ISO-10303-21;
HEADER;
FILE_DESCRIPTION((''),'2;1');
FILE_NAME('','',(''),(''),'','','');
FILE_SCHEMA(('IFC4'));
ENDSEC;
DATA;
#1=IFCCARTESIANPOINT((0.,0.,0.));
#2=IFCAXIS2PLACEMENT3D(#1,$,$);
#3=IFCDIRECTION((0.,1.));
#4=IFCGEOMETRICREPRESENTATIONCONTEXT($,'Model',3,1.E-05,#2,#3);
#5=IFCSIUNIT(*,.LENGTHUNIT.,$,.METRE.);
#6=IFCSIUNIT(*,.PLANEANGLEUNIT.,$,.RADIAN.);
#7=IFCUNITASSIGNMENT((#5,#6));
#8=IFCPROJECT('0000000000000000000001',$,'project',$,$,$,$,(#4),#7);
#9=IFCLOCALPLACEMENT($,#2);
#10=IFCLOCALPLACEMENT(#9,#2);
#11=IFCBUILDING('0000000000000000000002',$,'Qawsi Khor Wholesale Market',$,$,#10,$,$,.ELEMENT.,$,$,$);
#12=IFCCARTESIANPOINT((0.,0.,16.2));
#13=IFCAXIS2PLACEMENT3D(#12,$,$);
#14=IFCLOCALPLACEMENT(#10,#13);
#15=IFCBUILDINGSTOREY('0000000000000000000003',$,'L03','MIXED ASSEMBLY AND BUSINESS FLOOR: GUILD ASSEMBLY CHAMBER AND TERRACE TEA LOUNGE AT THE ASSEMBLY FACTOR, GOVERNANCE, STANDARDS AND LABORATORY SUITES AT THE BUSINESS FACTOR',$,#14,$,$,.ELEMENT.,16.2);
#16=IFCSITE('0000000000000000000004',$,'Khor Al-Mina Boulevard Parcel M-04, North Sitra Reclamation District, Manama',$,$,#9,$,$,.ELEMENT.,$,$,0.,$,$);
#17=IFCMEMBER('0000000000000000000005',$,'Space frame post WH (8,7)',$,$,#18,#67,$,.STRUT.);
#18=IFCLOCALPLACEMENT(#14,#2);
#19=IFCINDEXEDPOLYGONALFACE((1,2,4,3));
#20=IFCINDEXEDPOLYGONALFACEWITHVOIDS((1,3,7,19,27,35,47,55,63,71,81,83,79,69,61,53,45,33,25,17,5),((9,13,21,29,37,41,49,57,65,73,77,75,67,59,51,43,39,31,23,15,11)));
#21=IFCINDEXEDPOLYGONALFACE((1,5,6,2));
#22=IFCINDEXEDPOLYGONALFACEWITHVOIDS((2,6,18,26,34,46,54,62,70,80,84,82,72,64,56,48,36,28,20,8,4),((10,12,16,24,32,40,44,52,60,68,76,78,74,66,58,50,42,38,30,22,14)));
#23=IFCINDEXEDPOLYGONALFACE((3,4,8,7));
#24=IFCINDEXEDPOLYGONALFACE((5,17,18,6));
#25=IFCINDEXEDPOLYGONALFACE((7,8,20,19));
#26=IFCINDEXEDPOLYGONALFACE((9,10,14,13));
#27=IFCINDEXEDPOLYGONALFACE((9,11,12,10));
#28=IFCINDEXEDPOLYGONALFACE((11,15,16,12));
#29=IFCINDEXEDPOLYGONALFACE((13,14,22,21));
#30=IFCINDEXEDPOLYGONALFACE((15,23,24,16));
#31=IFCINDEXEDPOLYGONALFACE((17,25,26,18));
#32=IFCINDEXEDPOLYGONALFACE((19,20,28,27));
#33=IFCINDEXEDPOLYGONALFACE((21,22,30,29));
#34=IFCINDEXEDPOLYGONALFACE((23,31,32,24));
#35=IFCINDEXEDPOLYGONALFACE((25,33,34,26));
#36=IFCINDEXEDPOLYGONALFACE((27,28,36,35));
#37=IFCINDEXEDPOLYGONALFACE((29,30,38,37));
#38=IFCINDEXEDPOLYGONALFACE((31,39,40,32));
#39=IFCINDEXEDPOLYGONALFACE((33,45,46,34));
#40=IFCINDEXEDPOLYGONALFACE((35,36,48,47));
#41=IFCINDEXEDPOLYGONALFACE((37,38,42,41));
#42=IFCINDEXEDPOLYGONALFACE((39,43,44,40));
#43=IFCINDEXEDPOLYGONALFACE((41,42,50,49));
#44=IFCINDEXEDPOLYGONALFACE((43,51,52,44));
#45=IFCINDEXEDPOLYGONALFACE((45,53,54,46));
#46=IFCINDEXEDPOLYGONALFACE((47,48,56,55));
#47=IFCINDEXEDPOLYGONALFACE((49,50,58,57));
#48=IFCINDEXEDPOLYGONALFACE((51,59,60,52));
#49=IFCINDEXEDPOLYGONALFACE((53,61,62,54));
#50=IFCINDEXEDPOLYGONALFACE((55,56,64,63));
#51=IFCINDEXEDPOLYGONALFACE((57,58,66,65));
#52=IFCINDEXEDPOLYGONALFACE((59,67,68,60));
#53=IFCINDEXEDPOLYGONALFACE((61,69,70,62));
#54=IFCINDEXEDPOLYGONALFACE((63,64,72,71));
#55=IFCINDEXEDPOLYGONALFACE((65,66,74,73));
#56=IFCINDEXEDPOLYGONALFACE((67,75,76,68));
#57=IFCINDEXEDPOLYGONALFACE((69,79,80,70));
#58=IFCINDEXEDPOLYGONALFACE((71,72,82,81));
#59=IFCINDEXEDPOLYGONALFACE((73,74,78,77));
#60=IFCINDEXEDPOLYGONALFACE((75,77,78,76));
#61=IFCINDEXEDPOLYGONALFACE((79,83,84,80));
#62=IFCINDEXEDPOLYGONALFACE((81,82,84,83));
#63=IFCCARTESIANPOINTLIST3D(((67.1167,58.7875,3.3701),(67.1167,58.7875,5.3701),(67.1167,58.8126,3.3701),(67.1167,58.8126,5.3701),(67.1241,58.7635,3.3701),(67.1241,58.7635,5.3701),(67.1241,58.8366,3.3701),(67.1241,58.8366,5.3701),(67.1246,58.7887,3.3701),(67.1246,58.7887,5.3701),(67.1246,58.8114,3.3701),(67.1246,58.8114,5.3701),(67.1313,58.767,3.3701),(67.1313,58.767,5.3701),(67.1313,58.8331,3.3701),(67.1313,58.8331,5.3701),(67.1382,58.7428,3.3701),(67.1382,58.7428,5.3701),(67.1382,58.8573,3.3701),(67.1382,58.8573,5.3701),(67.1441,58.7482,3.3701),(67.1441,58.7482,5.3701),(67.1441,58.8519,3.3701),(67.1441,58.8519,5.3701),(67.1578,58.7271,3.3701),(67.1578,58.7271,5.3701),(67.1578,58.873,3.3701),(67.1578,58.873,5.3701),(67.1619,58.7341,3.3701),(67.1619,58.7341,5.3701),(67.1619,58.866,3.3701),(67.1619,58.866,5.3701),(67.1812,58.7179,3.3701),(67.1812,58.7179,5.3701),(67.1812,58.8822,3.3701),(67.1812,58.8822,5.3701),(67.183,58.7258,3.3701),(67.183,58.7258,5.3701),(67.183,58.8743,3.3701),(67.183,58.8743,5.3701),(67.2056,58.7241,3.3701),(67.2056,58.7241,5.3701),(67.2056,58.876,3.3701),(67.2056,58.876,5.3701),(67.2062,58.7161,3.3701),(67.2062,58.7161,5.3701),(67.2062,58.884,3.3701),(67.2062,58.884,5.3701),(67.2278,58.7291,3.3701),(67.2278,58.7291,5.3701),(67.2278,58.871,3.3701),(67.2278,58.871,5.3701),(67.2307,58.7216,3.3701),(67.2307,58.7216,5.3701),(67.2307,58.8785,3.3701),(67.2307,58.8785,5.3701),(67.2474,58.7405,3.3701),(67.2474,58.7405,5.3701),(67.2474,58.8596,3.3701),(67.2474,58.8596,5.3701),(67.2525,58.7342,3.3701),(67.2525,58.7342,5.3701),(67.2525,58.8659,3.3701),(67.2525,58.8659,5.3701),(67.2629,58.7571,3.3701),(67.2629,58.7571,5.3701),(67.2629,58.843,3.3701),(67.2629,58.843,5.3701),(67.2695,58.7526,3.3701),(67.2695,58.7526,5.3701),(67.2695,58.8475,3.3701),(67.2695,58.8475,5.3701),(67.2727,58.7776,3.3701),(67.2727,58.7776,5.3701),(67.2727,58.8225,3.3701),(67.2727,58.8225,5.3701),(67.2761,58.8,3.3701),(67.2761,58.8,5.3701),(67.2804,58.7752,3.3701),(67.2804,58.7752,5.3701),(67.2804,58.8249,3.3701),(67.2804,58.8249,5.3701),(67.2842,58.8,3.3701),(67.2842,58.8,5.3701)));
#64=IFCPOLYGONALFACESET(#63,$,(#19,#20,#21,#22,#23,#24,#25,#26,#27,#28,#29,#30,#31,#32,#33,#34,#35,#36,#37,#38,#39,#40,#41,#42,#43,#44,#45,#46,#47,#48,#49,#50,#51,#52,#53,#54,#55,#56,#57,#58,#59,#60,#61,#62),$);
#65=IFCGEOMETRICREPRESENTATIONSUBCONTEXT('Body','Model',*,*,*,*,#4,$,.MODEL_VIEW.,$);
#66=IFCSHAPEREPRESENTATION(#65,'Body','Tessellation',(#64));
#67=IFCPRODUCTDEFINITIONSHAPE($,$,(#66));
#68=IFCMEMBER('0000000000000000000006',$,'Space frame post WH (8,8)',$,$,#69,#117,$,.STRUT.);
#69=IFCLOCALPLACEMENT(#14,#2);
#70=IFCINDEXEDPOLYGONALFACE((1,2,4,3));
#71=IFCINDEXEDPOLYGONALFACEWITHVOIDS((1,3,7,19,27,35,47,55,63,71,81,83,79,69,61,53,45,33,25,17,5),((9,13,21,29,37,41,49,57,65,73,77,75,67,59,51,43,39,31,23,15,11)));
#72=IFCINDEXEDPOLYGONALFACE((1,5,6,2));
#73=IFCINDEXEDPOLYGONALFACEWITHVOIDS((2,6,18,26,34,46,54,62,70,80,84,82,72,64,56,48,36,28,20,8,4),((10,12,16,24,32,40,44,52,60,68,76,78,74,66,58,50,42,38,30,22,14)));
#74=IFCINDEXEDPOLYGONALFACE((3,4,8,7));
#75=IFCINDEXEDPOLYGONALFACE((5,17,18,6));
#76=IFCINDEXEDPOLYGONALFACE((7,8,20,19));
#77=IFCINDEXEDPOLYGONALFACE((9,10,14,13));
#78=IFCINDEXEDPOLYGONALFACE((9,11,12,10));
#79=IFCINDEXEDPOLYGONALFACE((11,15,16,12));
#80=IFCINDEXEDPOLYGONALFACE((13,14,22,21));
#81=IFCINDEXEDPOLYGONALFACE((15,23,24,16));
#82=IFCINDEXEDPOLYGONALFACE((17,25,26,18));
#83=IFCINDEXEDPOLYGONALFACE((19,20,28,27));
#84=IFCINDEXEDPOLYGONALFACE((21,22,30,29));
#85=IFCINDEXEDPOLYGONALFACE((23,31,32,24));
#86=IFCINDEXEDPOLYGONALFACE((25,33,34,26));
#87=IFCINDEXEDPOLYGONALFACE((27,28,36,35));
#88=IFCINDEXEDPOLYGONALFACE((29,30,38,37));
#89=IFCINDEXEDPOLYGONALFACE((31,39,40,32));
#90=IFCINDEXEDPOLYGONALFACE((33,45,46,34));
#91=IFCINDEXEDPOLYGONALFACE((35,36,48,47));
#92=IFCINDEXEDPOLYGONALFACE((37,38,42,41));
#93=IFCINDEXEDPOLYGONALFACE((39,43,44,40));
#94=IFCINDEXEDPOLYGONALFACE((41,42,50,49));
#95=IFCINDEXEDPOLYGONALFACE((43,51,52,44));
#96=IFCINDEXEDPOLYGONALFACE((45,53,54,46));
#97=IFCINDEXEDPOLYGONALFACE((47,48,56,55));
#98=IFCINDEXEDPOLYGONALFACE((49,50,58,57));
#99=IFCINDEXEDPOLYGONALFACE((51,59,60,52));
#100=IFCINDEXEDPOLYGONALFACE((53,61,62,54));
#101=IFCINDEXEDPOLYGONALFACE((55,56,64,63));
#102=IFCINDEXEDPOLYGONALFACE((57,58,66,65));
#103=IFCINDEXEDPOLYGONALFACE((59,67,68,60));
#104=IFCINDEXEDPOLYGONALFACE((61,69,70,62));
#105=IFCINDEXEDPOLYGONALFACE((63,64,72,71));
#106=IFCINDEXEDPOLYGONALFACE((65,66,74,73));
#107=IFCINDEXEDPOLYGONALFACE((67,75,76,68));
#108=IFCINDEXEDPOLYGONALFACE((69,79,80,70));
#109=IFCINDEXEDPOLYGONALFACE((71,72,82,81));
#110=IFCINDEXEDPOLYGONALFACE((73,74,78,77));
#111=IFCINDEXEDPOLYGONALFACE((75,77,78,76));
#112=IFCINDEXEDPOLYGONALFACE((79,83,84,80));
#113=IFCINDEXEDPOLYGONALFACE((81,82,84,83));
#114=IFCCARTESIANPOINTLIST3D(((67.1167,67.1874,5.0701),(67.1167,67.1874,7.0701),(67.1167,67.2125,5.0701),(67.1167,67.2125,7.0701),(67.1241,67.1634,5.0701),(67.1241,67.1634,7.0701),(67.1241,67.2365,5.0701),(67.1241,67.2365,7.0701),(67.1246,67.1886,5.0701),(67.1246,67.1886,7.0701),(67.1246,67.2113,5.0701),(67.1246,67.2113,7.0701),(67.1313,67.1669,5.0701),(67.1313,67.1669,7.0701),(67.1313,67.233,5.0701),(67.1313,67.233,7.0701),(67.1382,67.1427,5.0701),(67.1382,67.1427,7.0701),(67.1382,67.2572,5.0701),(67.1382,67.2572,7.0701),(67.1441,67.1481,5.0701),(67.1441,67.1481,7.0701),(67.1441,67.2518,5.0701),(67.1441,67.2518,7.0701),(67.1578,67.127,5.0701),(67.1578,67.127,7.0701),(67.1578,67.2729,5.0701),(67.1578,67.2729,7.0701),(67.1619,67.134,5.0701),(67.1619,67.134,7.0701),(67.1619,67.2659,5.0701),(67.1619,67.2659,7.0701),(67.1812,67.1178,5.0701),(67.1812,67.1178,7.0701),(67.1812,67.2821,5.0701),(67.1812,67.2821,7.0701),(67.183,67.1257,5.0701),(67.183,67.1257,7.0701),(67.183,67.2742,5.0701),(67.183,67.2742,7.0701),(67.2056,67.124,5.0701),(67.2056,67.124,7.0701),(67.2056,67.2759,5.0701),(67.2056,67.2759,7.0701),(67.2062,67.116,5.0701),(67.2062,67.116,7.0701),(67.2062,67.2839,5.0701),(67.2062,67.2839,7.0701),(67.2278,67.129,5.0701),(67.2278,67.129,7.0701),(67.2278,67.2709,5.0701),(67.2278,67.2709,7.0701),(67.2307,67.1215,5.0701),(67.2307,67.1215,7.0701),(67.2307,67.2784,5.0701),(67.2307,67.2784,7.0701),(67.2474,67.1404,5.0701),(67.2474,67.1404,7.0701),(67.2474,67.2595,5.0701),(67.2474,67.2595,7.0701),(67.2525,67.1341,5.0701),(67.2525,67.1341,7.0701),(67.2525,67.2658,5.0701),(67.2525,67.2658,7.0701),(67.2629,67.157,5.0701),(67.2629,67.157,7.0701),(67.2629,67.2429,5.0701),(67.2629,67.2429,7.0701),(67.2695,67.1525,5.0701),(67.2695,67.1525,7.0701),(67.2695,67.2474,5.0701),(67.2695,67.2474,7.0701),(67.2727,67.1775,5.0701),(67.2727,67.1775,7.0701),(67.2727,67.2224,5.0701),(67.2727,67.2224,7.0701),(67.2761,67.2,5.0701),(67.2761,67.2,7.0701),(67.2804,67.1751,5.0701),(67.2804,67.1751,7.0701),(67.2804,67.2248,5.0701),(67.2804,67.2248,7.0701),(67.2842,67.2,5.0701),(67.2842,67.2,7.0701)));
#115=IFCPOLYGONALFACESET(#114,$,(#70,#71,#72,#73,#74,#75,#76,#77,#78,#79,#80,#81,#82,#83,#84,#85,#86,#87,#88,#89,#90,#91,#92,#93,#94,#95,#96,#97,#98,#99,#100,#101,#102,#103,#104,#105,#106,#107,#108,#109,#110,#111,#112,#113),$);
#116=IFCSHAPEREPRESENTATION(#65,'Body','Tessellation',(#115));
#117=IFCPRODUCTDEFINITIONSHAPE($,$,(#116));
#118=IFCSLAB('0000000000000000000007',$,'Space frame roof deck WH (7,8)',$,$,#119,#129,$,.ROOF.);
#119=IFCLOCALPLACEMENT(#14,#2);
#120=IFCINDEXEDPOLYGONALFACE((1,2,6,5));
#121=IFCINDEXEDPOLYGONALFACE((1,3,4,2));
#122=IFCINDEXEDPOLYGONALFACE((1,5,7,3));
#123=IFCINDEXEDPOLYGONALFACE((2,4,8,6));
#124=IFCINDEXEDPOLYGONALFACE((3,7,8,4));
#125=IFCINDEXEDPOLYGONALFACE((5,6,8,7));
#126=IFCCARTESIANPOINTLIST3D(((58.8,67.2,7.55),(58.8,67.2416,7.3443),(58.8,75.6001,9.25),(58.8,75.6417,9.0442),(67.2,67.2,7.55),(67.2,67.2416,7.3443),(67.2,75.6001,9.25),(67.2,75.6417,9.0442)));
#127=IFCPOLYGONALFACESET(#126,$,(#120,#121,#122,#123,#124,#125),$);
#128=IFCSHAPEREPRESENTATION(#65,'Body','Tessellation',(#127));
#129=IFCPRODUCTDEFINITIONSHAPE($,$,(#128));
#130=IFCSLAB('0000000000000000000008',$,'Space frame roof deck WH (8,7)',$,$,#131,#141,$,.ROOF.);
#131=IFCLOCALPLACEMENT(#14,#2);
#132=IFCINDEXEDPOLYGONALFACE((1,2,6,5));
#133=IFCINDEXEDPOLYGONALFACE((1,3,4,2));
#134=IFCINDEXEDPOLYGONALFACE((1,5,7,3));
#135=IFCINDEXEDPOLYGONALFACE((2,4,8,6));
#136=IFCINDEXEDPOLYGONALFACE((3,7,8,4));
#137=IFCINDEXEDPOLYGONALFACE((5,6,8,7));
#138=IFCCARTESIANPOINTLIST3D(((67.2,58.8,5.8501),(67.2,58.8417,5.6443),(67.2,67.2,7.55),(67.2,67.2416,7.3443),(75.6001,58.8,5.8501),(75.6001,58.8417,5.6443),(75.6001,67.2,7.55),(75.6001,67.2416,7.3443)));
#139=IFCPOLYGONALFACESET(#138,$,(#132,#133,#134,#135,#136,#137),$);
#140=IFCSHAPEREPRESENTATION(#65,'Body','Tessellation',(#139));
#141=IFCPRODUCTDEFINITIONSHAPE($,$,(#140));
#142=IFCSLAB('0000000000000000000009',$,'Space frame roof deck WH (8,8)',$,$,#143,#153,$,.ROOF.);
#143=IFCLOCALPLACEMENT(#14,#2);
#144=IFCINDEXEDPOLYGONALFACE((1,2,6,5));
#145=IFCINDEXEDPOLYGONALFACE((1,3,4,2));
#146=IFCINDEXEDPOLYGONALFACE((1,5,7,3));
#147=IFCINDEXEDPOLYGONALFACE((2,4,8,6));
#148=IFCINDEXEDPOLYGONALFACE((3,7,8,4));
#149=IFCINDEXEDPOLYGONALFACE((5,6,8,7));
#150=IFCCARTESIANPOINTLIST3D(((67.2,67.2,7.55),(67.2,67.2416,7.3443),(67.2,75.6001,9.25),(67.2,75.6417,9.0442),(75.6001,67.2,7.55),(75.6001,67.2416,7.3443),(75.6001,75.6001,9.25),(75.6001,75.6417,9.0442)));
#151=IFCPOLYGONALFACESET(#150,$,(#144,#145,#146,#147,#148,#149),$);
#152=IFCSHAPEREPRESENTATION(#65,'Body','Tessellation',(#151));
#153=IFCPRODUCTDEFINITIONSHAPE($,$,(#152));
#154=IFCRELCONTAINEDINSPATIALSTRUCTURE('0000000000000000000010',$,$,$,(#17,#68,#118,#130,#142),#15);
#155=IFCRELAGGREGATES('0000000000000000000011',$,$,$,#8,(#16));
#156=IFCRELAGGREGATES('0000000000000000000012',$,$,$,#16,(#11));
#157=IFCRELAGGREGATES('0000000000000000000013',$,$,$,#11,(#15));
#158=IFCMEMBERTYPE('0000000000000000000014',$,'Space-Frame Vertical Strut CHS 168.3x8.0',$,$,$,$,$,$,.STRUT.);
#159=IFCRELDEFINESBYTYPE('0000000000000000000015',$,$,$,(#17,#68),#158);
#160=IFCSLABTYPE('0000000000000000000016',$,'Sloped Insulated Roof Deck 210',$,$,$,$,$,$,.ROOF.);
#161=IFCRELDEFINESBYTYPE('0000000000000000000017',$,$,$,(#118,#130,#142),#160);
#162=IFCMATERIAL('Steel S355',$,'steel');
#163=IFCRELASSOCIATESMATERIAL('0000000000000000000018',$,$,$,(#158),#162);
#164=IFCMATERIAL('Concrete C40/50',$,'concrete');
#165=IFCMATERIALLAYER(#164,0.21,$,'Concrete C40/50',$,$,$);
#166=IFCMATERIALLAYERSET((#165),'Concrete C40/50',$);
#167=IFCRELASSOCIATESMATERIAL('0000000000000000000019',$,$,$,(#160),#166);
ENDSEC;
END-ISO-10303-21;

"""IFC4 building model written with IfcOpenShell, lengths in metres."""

from ifc_helpers import new_model, si_unit, direction, frame, origin, origin_2d, place, context, subcontext, project, spatial, polyline, hollow_circle, outline, extrude, material, layer, layer_set, material_profile, profile_set, type_object, element, save


model = new_model("IFC4")

# Units and contexts
model_context = context("Model", 3, precision=1e-05, world=origin(), true_north=direction((0.0, 1.0)))
body_context = subcontext(model_context, "Body", "Model", "MODEL_VIEW")
ifc_project = project(units=[si_unit("LENGTHUNIT", "METRE"), si_unit("PLANEANGLEUNIT", "RADIAN")], contexts=[model_context])

# Site, building, storey
site_placement = place(None, origin())
site = spatial("IfcSite", under=ifc_project, at=site_placement, Name="Khor Al-Mina Boulevard Parcel M-04, North Sitra Reclamation District, Manama", CompositionType="ELEMENT", RefElevation=0.0)
building_placement = place(site_placement, origin())
building = spatial("IfcBuilding", under=site, at=building_placement, Name="Qawsi Khor Wholesale Market", CompositionType="ELEMENT")
storey_placement = place(building_placement, frame((0.0, 0.0, 16.2)))
storey = spatial("IfcBuildingStorey", under=building, at=storey_placement, Name="L03", Description="MIXED ASSEMBLY AND BUSINESS FLOOR: GUILD ASSEMBLY CHAMBER AND TERRACE TEA LOUNGE AT THE ASSEMBLY FACTOR, GOVERNANCE, STANDARDS AND LABORATORY SUITES AT THE BUSINESS FACTOR", CompositionType="ELEMENT", Elevation=16.2)

# Members
ifc_material_1 = material(Name="Steel S355", Category="steel")
ifc_material_profile_1 = material_profile(ifc_material_1, hollow_circle(Radius=0.0842, WallThickness=0.0081, at=origin_2d()), Name="CHS 168.3x8.0")
ifc_profile_set_1 = profile_set([ifc_material_profile_1], Name="Steel S355")
member_type_1 = type_object("IfcMemberType", Name="Space-Frame Vertical Strut CHS 168.3x8.0", PredefinedType="STRUT", material=ifc_profile_set_1)
for number, where, z_axis, x_axis, name in (
    (1, (67.2, 58.8, 3.3701), (0.0, 0.0, 1.0), (1.0, 0.0, 0.0), "Space frame post WH (8,7)"),
    (2, (67.2, 67.2, 5.0701), (0.0, 0.0, 1.0), (1.0, 0.0, 0.0), "Space frame post WH (8,8)"),
):
    element("IfcMember", number, at=place(storey_placement, frame(where, z_axis=z_axis, x_axis=x_axis)), inside=storey, type_object=member_type_1, Name=name, PredefinedType="STRUT", context=body_context, shape_type="SweptSolid", body=[
        extrude(hollow_circle(Radius=0.0842, WallThickness=0.0081, at=origin_2d()), origin(), (0.0, 0.0, 1.0), 2.0),
    ])

# Slabs
ifc_material_2 = material(Name="Concrete C40/50", Category="concrete")
ifc_layer = layer(ifc_material_2, 0.21, Name="Concrete C40/50")
ifc_layer_set = layer_set([ifc_layer], Name="Concrete C40/50")
slab_type = type_object("IfcSlabType", Name="Sloped Insulated Roof Deck 210", PredefinedType="ROOF", material=ifc_layer_set)
slab_1_placement = place(storey_placement, frame((58.8, 67.2, 7.55), z_axis=(0.0, -0.198351, 0.980131), x_axis=(1.0, 0.0, 0.0)))
element("IfcSlab", 3, at=slab_1_placement, inside=storey, type_object=slab_type, Name="Space frame roof deck WH (7,8)", PredefinedType="ROOF", context=body_context, shape_type="SweptSolid", body=[
    extrude(outline(polyline([(0.0, 0.0), (8.3999, 0.0), (8.3999, 8.5704), (0.0, 8.5704), (0.0, 0.0)])), origin(), (0.0, 0.0, -1.0), 0.21),
])
slab_2_placement = place(storey_placement, frame((67.2, 58.8, 5.8501), z_axis=(0.0, -0.198356, 0.98013), x_axis=(1.0, 0.0, 0.0)))
element("IfcSlab", 4, at=slab_2_placement, inside=storey, type_object=slab_type, Name="Space frame roof deck WH (8,7)", PredefinedType="ROOF", context=body_context, shape_type="SweptSolid", body=[
    extrude(outline(polyline([(0.0, 0.0), (8.4001, 0.0), (8.4001, 8.5702), (0.0, 8.5702), (0.0, 0.0)])), origin(), (0.0, 0.0, -1.0), 0.21),
])
slab_3_placement = place(storey_placement, frame((67.2, 67.2, 7.55), z_axis=(0.0, -0.198351, 0.980131), x_axis=(1.0, 0.0, 0.0)))
element("IfcSlab", 5, at=slab_3_placement, inside=storey, type_object=slab_type, Name="Space frame roof deck WH (8,8)", PredefinedType="ROOF", context=body_context, shape_type="SweptSolid", body=[
    extrude(outline(polyline([(0.0, 0.0), (8.4001, 0.0), (8.4001, 8.5704), (0.0, 8.5704), (0.0, 0.0)])), origin(), (0.0, 0.0, -1.0), 0.21),
])

save(model, "model.ifc")
